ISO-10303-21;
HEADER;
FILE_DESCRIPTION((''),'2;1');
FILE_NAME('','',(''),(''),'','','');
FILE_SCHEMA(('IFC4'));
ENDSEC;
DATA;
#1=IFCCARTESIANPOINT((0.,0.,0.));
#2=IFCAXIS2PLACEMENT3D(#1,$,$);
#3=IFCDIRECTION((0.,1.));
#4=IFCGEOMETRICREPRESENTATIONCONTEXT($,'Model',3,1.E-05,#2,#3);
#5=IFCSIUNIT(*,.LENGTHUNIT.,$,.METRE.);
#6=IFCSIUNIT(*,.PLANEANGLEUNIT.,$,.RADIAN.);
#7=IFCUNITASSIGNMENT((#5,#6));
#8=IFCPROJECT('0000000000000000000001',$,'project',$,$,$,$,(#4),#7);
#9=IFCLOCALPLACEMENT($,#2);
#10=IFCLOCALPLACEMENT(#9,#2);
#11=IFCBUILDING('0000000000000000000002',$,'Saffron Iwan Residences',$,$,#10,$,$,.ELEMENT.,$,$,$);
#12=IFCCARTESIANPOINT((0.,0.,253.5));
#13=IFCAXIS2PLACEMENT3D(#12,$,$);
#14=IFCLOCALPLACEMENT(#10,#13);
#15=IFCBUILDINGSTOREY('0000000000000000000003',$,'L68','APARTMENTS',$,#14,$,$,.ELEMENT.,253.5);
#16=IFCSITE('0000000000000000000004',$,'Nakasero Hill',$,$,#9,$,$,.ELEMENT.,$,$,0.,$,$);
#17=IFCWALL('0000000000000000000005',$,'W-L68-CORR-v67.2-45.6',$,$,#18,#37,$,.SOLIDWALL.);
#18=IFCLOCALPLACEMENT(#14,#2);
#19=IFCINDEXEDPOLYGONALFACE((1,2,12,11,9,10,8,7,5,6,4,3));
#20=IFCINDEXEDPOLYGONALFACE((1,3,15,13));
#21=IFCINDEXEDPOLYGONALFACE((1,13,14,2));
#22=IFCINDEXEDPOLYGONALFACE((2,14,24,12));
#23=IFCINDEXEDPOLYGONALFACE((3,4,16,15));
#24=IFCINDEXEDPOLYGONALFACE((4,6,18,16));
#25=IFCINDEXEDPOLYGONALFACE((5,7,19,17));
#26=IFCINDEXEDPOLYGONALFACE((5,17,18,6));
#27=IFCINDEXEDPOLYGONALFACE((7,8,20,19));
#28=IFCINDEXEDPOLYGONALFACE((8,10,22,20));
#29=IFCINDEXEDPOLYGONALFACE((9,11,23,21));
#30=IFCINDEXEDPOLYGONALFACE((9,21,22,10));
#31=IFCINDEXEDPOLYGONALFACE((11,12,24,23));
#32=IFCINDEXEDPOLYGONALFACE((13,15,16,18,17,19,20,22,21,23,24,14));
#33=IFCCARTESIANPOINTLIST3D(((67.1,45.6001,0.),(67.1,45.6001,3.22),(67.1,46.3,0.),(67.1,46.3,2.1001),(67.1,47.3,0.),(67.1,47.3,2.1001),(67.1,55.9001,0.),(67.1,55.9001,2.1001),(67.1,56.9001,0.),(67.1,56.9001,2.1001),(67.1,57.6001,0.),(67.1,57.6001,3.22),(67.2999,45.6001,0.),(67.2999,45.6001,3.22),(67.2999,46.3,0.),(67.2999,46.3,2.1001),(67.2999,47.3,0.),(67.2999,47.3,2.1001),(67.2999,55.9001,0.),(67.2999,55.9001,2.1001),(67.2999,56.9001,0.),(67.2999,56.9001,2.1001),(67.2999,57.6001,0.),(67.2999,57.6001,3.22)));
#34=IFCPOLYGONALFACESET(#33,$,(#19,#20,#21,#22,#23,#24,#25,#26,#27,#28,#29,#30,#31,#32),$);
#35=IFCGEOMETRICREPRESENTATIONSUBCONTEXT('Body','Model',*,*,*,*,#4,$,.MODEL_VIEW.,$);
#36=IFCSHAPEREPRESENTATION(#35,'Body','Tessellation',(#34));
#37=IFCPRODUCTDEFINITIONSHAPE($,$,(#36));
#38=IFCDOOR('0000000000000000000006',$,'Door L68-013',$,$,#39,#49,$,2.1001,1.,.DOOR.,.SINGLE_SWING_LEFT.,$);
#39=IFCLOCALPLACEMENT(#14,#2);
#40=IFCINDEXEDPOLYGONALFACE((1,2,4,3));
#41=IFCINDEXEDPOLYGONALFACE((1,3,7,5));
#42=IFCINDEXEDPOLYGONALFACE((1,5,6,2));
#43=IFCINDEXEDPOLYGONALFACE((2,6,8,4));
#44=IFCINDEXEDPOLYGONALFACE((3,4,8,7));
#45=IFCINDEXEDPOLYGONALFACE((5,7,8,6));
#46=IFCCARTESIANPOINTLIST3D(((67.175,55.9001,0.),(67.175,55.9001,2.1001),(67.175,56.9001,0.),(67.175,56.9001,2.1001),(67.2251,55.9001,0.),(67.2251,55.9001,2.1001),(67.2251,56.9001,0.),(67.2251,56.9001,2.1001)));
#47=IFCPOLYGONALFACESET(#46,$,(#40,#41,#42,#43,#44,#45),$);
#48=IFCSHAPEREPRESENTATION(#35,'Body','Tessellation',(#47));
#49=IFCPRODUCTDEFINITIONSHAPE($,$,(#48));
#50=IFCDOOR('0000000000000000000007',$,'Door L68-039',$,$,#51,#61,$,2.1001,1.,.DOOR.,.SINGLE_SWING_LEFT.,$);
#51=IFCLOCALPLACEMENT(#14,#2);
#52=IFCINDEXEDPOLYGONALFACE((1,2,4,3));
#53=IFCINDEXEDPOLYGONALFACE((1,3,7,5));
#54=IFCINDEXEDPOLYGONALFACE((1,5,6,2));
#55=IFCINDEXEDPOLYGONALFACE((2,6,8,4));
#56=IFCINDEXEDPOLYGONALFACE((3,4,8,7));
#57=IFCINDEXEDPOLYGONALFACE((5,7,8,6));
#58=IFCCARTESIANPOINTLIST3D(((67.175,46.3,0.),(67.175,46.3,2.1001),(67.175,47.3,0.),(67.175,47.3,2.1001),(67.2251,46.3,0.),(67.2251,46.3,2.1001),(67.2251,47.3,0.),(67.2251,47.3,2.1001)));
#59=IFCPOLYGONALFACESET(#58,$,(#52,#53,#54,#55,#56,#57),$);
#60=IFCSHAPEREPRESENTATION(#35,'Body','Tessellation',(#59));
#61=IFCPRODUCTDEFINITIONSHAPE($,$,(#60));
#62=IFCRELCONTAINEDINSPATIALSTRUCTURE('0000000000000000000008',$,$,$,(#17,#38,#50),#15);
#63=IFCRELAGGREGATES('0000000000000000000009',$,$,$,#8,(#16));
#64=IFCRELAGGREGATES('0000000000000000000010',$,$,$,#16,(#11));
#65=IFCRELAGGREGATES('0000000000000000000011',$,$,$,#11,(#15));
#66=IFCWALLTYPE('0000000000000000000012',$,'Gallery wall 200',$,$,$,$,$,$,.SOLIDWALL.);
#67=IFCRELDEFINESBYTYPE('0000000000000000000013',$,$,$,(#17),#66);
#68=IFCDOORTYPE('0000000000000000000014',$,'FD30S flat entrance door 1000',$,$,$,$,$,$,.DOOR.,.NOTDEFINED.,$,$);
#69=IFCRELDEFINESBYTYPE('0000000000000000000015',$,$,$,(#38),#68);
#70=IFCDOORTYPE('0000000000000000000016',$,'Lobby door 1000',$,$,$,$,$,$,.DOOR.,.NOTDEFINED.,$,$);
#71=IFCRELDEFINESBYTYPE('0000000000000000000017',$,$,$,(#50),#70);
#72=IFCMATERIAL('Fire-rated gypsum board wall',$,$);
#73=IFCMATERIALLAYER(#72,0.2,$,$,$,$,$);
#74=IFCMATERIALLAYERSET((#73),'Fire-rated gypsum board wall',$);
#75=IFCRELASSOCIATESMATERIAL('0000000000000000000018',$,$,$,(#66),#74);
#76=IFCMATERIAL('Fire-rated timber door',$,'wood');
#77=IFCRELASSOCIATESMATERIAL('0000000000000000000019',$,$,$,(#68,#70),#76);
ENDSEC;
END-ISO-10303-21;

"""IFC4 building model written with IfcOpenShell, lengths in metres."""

from ifc_helpers import new_model, si_unit, direction, frame, frame_2d, origin, place, context, subcontext, project, spatial, rectangle, extrude, material, layer, layer_set, type_object, element, fill, save


model = new_model("IFC4")

# Units and contexts
model_context = context("Model", 3, precision=1e-05, world=origin(), true_north=direction((0.0, 1.0)))
body_context = subcontext(model_context, "Body", "Model", "MODEL_VIEW")
ifc_project = project(units=[si_unit("LENGTHUNIT", "METRE"), si_unit("PLANEANGLEUNIT", "RADIAN")], contexts=[model_context])

# Site, building, storey
site_placement = place(None, origin())
site = spatial("IfcSite", under=ifc_project, at=site_placement, Name="Nakasero Hill", CompositionType="ELEMENT", RefElevation=0.0)
building_placement = place(site_placement, origin())
building = spatial("IfcBuilding", under=site, at=building_placement, Name="Saffron Iwan Residences", CompositionType="ELEMENT")
storey_placement = place(building_placement, frame((0.0, 0.0, 253.5)))
storey = spatial("IfcBuildingStorey", under=building, at=storey_placement, Name="L68", Description="APARTMENTS", CompositionType="ELEMENT", Elevation=253.5)

# Shared definitions
ifc_material_1 = material(Name="Fire-rated gypsum board wall")

# Wall, openings, doors
ifc_layer_1 = layer(ifc_material_1, 0.2)
ifc_layer_set_1 = layer_set([ifc_layer_1], Name="Fire-rated gypsum board wall")
wall_type_1 = type_object("IfcWallType", Name="Gallery wall 200", PredefinedType="SOLIDWALL", material=ifc_layer_set_1)
wall_1_placement = place(storey_placement, frame((67.2, 45.6001, 0.0), z_axis=(0.0, 0.0, 1.0), x_axis=(0.0, 1.0, 0.0)))
wall_1 = element("IfcWall", 1, at=wall_1_placement, inside=storey, type_object=wall_type_1, Name="W-L68-CORR-v67.2-45.6", PredefinedType="SOLIDWALL", context=body_context, shape_type="SweptSolid", body=[
    extrude(rectangle(XDim=12.0, YDim=0.2, at=frame_2d((6.0, 0.0))), origin(), (0.0, 0.0, 1.0), 3.22),
])
opening_1_placement = place(wall_1_placement, frame((10.3, 0.0, 0.0)))
opening_1 = element("IfcOpeningElement", 2, at=opening_1_placement, cuts=wall_1, PredefinedType="OPENING", context=body_context, shape_type="SweptSolid", body=[
    extrude(rectangle(XDim=1.0, YDim=2.1001, at=frame_2d((0.5, 1.05))), frame((0.0, 0.1099, 0.0), z_axis=(0.0, -1.0, 0.0), x_axis=(1.0, 0.0, 0.0)), (0.0, 0.0, 1.0), 0.22),
])
opening_2_placement = place(wall_1_placement, frame((0.7, 0.0, 0.0)))
opening_2 = element("IfcOpeningElement", 3, at=opening_2_placement, cuts=wall_1, PredefinedType="OPENING", context=body_context, shape_type="SweptSolid", body=[
    extrude(rectangle(XDim=1.0, YDim=2.1001, at=frame_2d((0.5, 1.05))), frame((0.0, 0.1099, 0.0), z_axis=(0.0, -1.0, 0.0), x_axis=(1.0, 0.0, 0.0)), (0.0, 0.0, 1.0), 0.22),
])
ifc_material_2 = material(Name="Fire-rated timber door", Category="wood")
door_type_1 = type_object("IfcDoorType", Name="FD30S flat entrance door 1000", OperationType="NOTDEFINED", PredefinedType="DOOR", material=ifc_material_2)
door_1_placement = place(opening_1_placement, origin())
door_1 = element("IfcDoor", 4, at=door_1_placement, inside=storey, type_object=door_type_1, Name="Door L68-013", OperationType="SINGLE_SWING_LEFT", OverallHeight=2.1001, OverallWidth=1.0, PredefinedType="DOOR", context=body_context, shape_type="SweptSolid", body=[
    extrude(rectangle(XDim=1.0, YDim=2.1001, at=frame_2d((0.5, 1.05))), frame((0.0, 0.0249, 0.0), z_axis=(0.0, -1.0, 0.0), x_axis=(1.0, 0.0, 0.0)), (0.0, 0.0, 1.0), 0.05),
])
fill(opening_1, door_1)
door_type_2 = type_object("IfcDoorType", Name="Lobby door 1000", OperationType="NOTDEFINED", PredefinedType="DOOR", material=ifc_material_2)
door_2_placement = place(opening_2_placement, origin())
door_2 = element("IfcDoor", 5, at=door_2_placement, inside=storey, type_object=door_type_2, Name="Door L68-039", OperationType="SINGLE_SWING_LEFT", OverallHeight=2.1001, OverallWidth=1.0, PredefinedType="DOOR", context=body_context, shape_type="SweptSolid", body=[
    extrude(rectangle(XDim=1.0, YDim=2.1001, at=frame_2d((0.5, 1.05))), frame((0.0, 0.0249, 0.0), z_axis=(0.0, -1.0, 0.0), x_axis=(1.0, 0.0, 0.0)), (0.0, 0.0, 1.0), 0.05),
])
fill(opening_2, door_2)

save(model, "model.ifc")
